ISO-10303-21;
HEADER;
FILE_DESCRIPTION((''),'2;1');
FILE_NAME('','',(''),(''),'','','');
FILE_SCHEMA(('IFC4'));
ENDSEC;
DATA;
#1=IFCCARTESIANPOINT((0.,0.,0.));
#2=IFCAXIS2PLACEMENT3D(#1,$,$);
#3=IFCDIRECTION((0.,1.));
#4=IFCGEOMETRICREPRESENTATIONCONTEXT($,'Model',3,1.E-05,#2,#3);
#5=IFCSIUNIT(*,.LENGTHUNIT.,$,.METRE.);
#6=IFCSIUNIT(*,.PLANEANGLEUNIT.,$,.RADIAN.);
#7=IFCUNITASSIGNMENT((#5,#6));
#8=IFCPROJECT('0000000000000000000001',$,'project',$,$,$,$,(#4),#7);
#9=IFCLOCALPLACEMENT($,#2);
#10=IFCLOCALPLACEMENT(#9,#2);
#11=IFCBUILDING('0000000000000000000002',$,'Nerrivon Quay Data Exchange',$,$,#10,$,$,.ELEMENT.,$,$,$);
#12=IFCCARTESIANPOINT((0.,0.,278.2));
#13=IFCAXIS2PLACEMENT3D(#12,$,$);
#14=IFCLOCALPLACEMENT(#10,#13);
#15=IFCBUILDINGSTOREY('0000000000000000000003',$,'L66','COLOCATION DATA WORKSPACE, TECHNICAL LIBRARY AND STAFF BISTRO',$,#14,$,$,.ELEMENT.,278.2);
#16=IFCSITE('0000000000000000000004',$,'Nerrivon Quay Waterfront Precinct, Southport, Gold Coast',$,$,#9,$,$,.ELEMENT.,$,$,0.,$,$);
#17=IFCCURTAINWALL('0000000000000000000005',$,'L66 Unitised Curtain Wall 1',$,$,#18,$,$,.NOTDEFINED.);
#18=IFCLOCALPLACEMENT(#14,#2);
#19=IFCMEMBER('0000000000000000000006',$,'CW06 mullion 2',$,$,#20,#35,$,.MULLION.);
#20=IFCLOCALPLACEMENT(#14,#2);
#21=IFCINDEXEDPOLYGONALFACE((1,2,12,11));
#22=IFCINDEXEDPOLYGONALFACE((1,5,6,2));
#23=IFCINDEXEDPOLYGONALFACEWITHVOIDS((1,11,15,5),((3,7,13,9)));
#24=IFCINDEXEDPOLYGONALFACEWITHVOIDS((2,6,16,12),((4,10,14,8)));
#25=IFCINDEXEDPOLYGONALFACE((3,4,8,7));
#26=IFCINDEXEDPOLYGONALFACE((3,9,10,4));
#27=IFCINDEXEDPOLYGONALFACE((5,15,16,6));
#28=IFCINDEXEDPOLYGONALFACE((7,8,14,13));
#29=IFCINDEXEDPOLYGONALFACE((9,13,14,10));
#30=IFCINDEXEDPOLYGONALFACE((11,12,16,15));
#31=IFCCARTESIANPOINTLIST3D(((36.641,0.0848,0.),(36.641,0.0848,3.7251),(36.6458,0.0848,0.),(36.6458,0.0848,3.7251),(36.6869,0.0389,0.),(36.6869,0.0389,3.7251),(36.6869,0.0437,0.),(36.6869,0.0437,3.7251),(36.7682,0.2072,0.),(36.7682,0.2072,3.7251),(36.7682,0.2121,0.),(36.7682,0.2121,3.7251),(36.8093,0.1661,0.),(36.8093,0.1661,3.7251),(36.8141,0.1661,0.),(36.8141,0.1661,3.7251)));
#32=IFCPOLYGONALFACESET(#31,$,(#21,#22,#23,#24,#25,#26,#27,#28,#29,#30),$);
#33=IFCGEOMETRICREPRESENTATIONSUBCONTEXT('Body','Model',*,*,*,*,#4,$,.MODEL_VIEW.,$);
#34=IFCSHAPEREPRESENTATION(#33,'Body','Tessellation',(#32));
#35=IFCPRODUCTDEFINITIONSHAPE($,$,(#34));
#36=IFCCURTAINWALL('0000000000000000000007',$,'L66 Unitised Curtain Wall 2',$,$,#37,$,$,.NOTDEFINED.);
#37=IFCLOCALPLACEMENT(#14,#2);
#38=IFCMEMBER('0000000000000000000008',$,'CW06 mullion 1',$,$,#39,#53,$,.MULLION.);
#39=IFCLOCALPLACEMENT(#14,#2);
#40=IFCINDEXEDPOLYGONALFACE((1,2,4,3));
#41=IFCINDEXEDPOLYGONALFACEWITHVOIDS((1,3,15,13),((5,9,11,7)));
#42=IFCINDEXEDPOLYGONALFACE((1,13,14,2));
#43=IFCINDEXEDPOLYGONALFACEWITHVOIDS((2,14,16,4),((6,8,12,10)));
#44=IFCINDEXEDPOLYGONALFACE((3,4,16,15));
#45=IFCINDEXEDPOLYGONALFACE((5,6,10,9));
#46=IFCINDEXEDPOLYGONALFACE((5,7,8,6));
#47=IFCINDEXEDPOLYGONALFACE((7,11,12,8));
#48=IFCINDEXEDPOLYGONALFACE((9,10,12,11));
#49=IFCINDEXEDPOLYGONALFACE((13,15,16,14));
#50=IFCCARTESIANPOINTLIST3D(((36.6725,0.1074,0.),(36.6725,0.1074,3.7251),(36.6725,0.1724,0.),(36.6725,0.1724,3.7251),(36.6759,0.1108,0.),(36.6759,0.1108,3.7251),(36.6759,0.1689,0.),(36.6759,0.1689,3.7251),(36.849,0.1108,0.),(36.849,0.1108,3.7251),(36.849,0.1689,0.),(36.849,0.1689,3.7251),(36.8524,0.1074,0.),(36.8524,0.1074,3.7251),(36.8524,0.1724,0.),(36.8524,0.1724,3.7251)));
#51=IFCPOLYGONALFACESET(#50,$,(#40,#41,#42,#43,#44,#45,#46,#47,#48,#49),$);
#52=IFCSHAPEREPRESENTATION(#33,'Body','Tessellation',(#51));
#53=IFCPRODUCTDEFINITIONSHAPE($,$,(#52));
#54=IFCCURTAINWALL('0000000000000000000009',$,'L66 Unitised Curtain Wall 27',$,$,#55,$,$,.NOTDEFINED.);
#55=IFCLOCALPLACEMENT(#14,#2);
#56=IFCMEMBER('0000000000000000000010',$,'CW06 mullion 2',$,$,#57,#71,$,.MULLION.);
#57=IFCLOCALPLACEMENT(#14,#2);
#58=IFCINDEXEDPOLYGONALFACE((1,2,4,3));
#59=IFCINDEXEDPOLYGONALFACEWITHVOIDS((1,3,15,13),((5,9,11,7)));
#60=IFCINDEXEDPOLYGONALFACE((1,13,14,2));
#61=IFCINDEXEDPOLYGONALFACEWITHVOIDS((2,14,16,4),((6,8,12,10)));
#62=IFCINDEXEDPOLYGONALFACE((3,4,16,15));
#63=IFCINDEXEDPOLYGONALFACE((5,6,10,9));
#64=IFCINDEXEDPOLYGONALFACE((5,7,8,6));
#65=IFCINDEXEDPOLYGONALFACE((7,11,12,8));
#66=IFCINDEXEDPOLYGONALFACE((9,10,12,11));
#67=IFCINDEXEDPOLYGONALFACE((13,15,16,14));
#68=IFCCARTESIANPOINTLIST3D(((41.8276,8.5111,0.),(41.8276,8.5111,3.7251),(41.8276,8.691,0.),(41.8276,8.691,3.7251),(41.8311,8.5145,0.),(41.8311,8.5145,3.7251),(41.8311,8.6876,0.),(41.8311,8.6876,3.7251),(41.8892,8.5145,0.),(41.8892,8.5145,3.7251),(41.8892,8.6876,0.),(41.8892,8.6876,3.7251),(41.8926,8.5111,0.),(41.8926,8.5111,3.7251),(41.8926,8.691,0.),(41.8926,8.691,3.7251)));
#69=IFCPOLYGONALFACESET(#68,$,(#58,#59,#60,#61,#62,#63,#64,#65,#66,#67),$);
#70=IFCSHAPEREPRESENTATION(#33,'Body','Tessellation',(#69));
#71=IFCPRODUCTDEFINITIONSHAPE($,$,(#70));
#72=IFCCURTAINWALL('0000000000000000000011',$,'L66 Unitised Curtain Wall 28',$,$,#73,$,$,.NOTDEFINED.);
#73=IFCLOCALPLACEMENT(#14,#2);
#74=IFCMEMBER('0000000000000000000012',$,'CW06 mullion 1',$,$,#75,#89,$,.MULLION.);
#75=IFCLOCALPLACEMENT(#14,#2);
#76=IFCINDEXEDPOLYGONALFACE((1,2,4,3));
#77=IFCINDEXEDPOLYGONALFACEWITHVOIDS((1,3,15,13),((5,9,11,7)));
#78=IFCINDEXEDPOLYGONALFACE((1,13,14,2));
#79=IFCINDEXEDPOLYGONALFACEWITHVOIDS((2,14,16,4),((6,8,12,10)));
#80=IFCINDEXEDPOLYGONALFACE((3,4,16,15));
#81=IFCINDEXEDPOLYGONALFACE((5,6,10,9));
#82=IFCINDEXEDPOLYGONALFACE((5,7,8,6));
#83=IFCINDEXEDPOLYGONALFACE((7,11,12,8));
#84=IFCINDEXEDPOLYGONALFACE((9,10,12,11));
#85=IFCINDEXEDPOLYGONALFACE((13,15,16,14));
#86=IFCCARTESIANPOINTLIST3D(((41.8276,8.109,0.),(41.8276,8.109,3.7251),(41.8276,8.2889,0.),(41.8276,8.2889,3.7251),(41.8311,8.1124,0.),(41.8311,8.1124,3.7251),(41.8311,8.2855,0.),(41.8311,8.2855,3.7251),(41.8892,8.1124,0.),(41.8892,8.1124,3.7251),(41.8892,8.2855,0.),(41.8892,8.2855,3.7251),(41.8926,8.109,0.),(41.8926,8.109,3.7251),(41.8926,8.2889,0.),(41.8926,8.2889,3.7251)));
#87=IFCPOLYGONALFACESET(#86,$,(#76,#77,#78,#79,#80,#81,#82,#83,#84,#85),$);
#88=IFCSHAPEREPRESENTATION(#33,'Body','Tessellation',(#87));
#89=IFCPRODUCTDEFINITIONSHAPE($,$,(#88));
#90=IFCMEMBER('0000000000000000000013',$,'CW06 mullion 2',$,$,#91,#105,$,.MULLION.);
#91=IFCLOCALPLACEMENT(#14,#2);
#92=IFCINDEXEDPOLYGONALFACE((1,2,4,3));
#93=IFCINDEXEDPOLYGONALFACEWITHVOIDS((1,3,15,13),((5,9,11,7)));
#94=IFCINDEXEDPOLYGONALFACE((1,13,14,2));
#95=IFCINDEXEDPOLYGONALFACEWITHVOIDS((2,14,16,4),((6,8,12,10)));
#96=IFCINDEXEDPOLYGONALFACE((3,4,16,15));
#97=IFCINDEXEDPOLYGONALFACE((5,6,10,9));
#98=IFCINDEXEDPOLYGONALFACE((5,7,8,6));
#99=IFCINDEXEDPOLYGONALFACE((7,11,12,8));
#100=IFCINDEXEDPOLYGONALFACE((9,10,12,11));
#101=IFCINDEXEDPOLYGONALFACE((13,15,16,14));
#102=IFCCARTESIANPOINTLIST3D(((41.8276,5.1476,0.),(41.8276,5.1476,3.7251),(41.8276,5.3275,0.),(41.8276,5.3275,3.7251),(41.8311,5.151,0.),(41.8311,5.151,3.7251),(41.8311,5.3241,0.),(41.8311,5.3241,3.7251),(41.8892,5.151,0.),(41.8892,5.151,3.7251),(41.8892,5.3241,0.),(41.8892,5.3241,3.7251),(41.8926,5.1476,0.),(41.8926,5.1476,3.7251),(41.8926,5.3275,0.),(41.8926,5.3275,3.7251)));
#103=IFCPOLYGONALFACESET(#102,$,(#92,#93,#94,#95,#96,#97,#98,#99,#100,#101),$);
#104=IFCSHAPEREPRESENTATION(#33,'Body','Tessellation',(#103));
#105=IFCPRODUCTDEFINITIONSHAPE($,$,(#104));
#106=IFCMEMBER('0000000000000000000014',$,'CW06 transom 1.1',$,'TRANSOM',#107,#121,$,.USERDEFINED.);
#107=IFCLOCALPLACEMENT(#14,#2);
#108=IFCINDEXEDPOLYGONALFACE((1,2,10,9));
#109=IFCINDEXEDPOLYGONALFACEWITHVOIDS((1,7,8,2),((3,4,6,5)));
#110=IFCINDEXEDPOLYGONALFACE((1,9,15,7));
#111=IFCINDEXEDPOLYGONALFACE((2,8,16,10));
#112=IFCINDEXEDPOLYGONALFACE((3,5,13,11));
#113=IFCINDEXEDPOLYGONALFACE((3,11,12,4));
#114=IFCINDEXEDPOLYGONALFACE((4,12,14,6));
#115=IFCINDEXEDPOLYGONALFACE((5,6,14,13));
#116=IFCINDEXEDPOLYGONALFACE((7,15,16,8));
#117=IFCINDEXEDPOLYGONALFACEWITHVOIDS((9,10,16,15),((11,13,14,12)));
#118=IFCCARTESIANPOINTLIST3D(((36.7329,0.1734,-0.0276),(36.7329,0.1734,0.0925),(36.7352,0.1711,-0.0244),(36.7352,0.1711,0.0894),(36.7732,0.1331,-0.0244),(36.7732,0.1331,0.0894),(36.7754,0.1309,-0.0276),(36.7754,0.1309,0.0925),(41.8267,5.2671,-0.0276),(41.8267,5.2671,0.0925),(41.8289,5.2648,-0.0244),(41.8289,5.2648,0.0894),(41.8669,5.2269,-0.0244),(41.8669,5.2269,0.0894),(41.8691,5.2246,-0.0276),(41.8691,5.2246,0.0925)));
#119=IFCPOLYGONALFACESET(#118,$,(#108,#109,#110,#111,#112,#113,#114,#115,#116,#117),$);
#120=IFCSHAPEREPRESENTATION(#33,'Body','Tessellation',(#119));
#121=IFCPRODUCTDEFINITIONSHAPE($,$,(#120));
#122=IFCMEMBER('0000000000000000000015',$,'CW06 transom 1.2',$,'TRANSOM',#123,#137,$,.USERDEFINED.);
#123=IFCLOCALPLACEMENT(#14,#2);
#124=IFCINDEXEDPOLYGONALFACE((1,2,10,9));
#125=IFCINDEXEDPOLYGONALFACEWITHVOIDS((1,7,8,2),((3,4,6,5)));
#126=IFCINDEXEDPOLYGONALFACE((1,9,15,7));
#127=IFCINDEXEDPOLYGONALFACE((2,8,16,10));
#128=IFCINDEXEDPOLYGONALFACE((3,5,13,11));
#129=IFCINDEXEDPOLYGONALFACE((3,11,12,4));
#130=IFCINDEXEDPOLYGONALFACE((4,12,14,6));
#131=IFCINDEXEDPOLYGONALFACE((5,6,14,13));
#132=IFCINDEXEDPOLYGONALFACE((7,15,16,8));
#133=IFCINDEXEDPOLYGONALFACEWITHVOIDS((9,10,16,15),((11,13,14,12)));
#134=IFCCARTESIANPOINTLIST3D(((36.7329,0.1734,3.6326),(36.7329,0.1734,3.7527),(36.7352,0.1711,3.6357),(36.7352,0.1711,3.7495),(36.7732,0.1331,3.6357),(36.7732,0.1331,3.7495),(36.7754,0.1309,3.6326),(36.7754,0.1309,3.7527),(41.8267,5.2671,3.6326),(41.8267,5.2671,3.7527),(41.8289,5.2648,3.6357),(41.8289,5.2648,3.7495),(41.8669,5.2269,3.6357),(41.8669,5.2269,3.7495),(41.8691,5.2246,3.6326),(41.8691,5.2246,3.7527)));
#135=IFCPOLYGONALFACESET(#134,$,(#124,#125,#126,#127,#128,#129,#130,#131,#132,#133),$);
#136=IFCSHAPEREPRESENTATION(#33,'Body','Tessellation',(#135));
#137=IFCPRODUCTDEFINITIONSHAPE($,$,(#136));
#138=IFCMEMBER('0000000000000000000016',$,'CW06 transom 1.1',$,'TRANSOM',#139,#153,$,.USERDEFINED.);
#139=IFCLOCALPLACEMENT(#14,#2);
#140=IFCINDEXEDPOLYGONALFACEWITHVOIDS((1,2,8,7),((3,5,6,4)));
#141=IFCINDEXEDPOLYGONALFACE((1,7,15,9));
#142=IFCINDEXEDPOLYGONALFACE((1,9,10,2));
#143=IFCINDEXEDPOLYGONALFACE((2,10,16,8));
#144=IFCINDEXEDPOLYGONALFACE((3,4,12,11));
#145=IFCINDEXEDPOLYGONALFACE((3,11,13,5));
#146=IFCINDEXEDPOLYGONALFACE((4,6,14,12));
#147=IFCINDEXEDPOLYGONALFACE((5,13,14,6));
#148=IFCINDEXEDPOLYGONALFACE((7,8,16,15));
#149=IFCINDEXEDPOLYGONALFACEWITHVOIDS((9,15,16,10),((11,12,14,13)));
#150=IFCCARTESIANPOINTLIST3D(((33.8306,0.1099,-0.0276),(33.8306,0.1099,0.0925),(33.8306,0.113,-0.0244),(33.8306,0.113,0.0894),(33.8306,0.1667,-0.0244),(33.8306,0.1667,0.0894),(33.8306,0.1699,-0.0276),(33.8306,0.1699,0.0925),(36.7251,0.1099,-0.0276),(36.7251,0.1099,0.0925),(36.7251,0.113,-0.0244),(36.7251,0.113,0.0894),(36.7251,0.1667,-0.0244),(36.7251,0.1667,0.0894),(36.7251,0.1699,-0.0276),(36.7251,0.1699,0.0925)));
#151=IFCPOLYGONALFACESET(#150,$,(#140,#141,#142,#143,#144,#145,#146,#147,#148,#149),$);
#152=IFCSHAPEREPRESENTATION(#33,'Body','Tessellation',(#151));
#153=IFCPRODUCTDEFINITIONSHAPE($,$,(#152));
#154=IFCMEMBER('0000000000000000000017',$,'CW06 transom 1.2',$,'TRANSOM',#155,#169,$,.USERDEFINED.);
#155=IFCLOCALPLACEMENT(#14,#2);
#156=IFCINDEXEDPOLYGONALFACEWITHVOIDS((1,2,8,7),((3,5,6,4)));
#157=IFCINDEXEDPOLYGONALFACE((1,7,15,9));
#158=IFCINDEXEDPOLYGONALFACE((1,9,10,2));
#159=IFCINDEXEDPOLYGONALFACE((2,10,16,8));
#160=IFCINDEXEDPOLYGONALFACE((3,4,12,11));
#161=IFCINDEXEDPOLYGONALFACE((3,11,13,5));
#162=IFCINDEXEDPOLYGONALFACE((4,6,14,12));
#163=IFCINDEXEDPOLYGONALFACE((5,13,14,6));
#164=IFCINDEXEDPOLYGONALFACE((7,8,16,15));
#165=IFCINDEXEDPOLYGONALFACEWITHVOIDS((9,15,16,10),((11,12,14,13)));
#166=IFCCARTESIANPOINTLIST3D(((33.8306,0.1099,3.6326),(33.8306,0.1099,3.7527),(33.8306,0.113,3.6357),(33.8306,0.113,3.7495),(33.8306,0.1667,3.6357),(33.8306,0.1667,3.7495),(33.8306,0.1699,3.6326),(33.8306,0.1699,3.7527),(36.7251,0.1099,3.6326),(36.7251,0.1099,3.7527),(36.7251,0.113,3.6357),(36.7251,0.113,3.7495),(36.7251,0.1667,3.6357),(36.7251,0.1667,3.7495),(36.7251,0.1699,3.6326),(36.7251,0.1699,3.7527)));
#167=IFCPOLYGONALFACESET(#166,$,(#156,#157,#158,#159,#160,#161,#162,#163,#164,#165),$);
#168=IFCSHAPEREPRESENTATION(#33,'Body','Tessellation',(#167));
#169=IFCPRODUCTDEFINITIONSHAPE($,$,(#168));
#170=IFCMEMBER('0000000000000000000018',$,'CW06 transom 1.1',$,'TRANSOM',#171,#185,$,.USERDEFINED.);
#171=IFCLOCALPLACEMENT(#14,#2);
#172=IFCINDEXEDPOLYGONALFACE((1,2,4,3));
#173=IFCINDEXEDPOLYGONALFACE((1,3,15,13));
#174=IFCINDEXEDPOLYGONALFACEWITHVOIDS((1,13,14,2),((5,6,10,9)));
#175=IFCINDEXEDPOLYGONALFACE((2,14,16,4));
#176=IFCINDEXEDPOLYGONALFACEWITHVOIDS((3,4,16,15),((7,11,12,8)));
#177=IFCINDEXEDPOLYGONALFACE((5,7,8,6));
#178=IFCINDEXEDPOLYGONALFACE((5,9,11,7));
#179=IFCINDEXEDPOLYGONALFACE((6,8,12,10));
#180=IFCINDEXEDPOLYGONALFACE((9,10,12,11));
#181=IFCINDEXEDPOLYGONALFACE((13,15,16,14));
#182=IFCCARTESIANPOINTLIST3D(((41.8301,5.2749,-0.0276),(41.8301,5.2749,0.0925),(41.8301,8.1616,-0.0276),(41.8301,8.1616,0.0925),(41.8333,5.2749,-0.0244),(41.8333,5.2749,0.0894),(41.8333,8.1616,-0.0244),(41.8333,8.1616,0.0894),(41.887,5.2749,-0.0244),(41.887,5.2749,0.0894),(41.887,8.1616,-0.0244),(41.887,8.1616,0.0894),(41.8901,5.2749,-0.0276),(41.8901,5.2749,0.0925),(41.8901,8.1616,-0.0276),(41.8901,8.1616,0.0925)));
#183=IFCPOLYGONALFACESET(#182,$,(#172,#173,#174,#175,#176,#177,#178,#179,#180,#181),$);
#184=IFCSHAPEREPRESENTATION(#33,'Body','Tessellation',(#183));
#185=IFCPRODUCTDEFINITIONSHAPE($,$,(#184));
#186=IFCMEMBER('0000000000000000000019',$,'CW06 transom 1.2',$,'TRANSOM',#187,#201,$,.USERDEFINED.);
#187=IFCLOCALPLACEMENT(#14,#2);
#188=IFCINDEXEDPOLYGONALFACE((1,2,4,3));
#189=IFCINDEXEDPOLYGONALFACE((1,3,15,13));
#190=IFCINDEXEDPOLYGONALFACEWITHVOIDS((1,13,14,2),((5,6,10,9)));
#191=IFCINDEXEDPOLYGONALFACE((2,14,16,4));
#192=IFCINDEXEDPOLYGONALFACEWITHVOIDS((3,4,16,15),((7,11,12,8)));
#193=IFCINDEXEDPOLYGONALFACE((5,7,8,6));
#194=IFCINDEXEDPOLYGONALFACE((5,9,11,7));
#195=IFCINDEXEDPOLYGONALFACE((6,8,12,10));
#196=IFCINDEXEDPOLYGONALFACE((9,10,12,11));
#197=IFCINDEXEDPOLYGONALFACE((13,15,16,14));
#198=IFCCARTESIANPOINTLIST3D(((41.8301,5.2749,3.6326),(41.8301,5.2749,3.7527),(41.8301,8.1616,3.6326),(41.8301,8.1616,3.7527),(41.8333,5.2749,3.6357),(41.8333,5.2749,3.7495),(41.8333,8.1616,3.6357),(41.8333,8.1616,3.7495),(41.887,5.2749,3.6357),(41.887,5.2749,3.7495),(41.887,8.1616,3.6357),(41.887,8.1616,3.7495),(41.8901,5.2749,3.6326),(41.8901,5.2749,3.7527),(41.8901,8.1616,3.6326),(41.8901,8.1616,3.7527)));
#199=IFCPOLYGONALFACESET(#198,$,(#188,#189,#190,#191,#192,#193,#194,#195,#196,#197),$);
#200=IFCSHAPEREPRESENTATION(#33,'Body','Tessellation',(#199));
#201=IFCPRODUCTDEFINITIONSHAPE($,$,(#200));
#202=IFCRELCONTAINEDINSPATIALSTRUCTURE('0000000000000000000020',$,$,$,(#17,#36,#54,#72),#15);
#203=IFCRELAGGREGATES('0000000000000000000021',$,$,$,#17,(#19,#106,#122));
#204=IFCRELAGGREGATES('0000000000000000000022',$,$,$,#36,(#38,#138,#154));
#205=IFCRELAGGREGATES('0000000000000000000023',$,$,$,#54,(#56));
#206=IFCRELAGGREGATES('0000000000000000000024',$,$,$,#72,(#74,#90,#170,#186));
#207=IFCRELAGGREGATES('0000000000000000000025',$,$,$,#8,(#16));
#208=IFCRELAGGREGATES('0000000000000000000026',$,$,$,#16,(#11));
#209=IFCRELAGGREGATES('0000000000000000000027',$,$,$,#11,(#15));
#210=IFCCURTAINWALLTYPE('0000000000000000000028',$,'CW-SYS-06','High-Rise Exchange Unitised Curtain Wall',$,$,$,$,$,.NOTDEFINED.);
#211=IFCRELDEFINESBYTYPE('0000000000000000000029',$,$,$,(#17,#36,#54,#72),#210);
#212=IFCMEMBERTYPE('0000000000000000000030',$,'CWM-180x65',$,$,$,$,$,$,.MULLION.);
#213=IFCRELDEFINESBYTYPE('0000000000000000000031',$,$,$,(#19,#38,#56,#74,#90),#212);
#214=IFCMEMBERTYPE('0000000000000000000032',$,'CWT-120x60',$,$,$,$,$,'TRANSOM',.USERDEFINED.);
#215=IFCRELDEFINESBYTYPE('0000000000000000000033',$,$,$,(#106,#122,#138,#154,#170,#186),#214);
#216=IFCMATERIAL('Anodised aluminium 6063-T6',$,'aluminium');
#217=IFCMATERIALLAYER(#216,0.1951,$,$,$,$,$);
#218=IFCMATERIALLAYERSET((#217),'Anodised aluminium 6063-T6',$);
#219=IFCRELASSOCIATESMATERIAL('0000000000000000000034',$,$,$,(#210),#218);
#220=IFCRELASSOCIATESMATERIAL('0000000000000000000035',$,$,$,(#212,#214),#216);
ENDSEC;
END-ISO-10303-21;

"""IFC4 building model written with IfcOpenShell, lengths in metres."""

from ifc_helpers import new_model, si_unit, direction, frame, origin, origin_2d, place, context, subcontext, project, spatial, hollow_rectangle, extrude, material, layer, layer_set, material_profile, profile_set, type_object, element, aggregate, save


model = new_model("IFC4")

# Units and contexts
model_context = context("Model", 3, precision=1e-05, world=origin(), true_north=direction((0.0, 1.0)))
body_context = subcontext(model_context, "Body", "Model", "MODEL_VIEW")
ifc_project = project(units=[si_unit("LENGTHUNIT", "METRE"), si_unit("PLANEANGLEUNIT", "RADIAN")], contexts=[model_context])

# Site, building, storey
site_placement = place(None, origin())
site = spatial("IfcSite", under=ifc_project, at=site_placement, Name="Nerrivon Quay Waterfront Precinct, Southport, Gold Coast", CompositionType="ELEMENT", RefElevation=0.0)
building_placement = place(site_placement, origin())
building = spatial("IfcBuilding", under=site, at=building_placement, Name="Nerrivon Quay Data Exchange", CompositionType="ELEMENT")
storey_placement = place(building_placement, frame((0.0, 0.0, 278.2)))
storey = spatial("IfcBuildingStorey", under=building, at=storey_placement, Name="L66", Description="COLOCATION DATA WORKSPACE, TECHNICAL LIBRARY AND STAFF BISTRO", CompositionType="ELEMENT", Elevation=278.2)

# Curtain wall, member
ifc_material_1 = material(Name="Anodised aluminium 6063-T6", Category="aluminium")
ifc_layer_1 = layer(ifc_material_1, 0.1951)
ifc_layer_set_1 = layer_set([ifc_layer_1], Name="Anodised aluminium 6063-T6")
curtain_wall_type = type_object("IfcCurtainWallType", Name="CW-SYS-06", Description="High-Rise Exchange Unitised Curtain Wall", PredefinedType="NOTDEFINED", material=ifc_layer_set_1)
curtain_wall_1_placement = place(storey_placement, origin())
curtain_wall_1 = element("IfcCurtainWall", 1, at=curtain_wall_1_placement, inside=storey, type_object=curtain_wall_type, Name="L66 Unitised Curtain Wall 1", PredefinedType="NOTDEFINED")
ifc_material_profile_1 = material_profile(ifc_material_1, hollow_rectangle(XDim=0.0649, YDim=0.1799, WallThickness=0.0034, at=origin_2d()), Name="ALU-MULL-180x65")
ifc_profile_set_1 = profile_set([ifc_material_profile_1], Name="Anodised aluminium 6063-T6")
member_type_1 = type_object("IfcMemberType", Name="CWM-180x65", PredefinedType="MULLION", material=ifc_profile_set_1)
member_1_placement = place(storey_placement, frame((36.7275, 0.1255, 0.0), z_axis=(0.0, 0.0, 1.0), x_axis=(0.707107, -0.707107, 0.0)))
member_1 = element("IfcMember", 2, at=member_1_placement, type_object=member_type_1, Name="CW06 mullion 2", PredefinedType="MULLION", context=body_context, shape_type="SweptSolid", body=[
    extrude(hollow_rectangle(XDim=0.0649, YDim=0.1799, WallThickness=0.0034, at=origin_2d()), origin(), (0.0, 0.0, 1.0), 3.7251),
])

# Curtain walls, members
curtain_wall_2_placement = place(storey_placement, origin())
curtain_wall_2 = element("IfcCurtainWall", 3, at=curtain_wall_2_placement, inside=storey, type_object=curtain_wall_type, Name="L66 Unitised Curtain Wall 2", PredefinedType="NOTDEFINED")
member_2_placement = place(storey_placement, frame((36.7625, 0.1399, 0.0), z_axis=(0.0, 0.0, 1.0), x_axis=(0.0, -1.0, 0.0)))
member_2 = element("IfcMember", 4, at=member_2_placement, type_object=member_type_1, Name="CW06 mullion 1", PredefinedType="MULLION", context=body_context, shape_type="SweptSolid", body=[
    extrude(hollow_rectangle(XDim=0.0649, YDim=0.1799, WallThickness=0.0034, at=origin_2d()), origin(), (0.0, 0.0, 1.0), 3.7251),
])
curtain_wall_3_placement = place(storey_placement, origin())
curtain_wall_3 = element("IfcCurtainWall", 5, at=curtain_wall_3_placement, inside=storey, type_object=curtain_wall_type, Name="L66 Unitised Curtain Wall 27", PredefinedType="NOTDEFINED")
member_3_placement = place(storey_placement, frame((41.8601, 8.6011, 0.0), z_axis=(0.0, 0.0, 1.0), x_axis=(1.0, 0.0, 0.0)))
member_3 = element("IfcMember", 6, at=member_3_placement, type_object=member_type_1, Name="CW06 mullion 2", PredefinedType="MULLION", context=body_context, shape_type="SweptSolid", body=[
    extrude(hollow_rectangle(XDim=0.0649, YDim=0.1799, WallThickness=0.0034, at=origin_2d()), origin(), (0.0, 0.0, 1.0), 3.7251),
])

# Curtain wall, members
curtain_wall_4_placement = place(storey_placement, origin())
curtain_wall_4 = element("IfcCurtainWall", 7, at=curtain_wall_4_placement, inside=storey, type_object=curtain_wall_type, Name="L66 Unitised Curtain Wall 28", PredefinedType="NOTDEFINED")
member_4_placement = place(storey_placement, frame((41.8601, 8.199, 0.0), z_axis=(0.0, 0.0, 1.0), x_axis=(1.0, 0.0, 0.0)))
member_4 = element("IfcMember", 8, at=member_4_placement, type_object=member_type_1, Name="CW06 mullion 1", PredefinedType="MULLION", context=body_context, shape_type="SweptSolid", body=[
    extrude(hollow_rectangle(XDim=0.0649, YDim=0.1799, WallThickness=0.0034, at=origin_2d()), origin(), (0.0, 0.0, 1.0), 3.7251),
])
member_5_placement = place(storey_placement, frame((41.8601, 5.2375, 0.0), z_axis=(0.0, 0.0, 1.0), x_axis=(1.0, 0.0, 0.0)))
member_5 = element("IfcMember", 9, at=member_5_placement, type_object=member_type_1, Name="CW06 mullion 2", PredefinedType="MULLION", context=body_context, shape_type="SweptSolid", body=[
    extrude(hollow_rectangle(XDim=0.0649, YDim=0.1799, WallThickness=0.0034, at=origin_2d()), origin(), (0.0, 0.0, 1.0), 3.7251),
])

# Members
ifc_material_profile_2 = material_profile(ifc_material_1, hollow_rectangle(XDim=0.0601, YDim=0.1201, WallThickness=0.0032, at=origin_2d()), Name="ALU-TRAN-120x60")
ifc_profile_set_2 = profile_set([ifc_material_profile_2], Name="Anodised aluminium 6063-T6")
member_type_2 = type_object("IfcMemberType", Name="CWT-120x60", ElementType="TRANSOM", PredefinedType="USERDEFINED", material=ifc_profile_set_2)
member_6_placement = place(storey_placement, frame((41.8479, 5.2458, 0.0325), z_axis=(-0.707107, -0.707107, 0.0), x_axis=(0.707107, -0.707107, 0.0)))
member_6 = element("IfcMember", 10, at=member_6_placement, type_object=member_type_2, Name="CW06 transom 1.1", ObjectType="TRANSOM", PredefinedType="USERDEFINED", context=body_context, shape_type="SweptSolid", body=[
    extrude(hollow_rectangle(XDim=0.0601, YDim=0.1201, WallThickness=0.0032, at=origin_2d()), origin(), (0.0, 0.0, 1.0), 7.2036),
])
member_7_placement = place(storey_placement, frame((41.8479, 5.2458, 3.6926), z_axis=(-0.707107, -0.707107, 0.0), x_axis=(0.707107, -0.707107, 0.0)))
member_7 = element("IfcMember", 11, at=member_7_placement, type_object=member_type_2, Name="CW06 transom 1.2", ObjectType="TRANSOM", PredefinedType="USERDEFINED", context=body_context, shape_type="SweptSolid", body=[
    extrude(hollow_rectangle(XDim=0.0601, YDim=0.1201, WallThickness=0.0032, at=origin_2d()), origin(), (0.0, 0.0, 1.0), 7.2036),
])
member_8_placement = place(storey_placement, frame((36.7251, 0.1399, 0.0325), z_axis=(-1.0, 0.0, 0.0), x_axis=(0.0, -1.0, 0.0)))
member_8 = element("IfcMember", 12, at=member_8_placement, type_object=member_type_2, Name="CW06 transom 1.1", ObjectType="TRANSOM", PredefinedType="USERDEFINED", context=body_context, shape_type="SweptSolid", body=[
    extrude(hollow_rectangle(XDim=0.0601, YDim=0.1201, WallThickness=0.0032, at=origin_2d()), origin(), (0.0, 0.0, 1.0), 2.8945),
])
member_9_placement = place(storey_placement, frame((36.7251, 0.1399, 3.6926), z_axis=(-1.0, 0.0, 0.0), x_axis=(0.0, -1.0, 0.0)))
member_9 = element("IfcMember", 13, at=member_9_placement, type_object=member_type_2, Name="CW06 transom 1.2", ObjectType="TRANSOM", PredefinedType="USERDEFINED", context=body_context, shape_type="SweptSolid", body=[
    extrude(hollow_rectangle(XDim=0.0601, YDim=0.1201, WallThickness=0.0032, at=origin_2d()), origin(), (0.0, 0.0, 1.0), 2.8945),
])
member_10_placement = place(storey_placement, frame((41.8601, 8.1616, 0.0325), z_axis=(0.0, -1.0, 0.0), x_axis=(1.0, 0.0, 0.0)))
member_10 = element("IfcMember", 14, at=member_10_placement, type_object=member_type_2, Name="CW06 transom 1.1", ObjectType="TRANSOM", PredefinedType="USERDEFINED", context=body_context, shape_type="SweptSolid", body=[
    extrude(hollow_rectangle(XDim=0.0601, YDim=0.1201, WallThickness=0.0032, at=origin_2d()), origin(), (0.0, 0.0, 1.0), 2.8867),
])
member_11_placement = place(storey_placement, frame((41.8601, 8.1616, 3.6926), z_axis=(0.0, -1.0, 0.0), x_axis=(1.0, 0.0, 0.0)))
member_11 = element("IfcMember", 15, at=member_11_placement, type_object=member_type_2, Name="CW06 transom 1.2", ObjectType="TRANSOM", PredefinedType="USERDEFINED", context=body_context, shape_type="SweptSolid", body=[
    extrude(hollow_rectangle(XDim=0.0601, YDim=0.1201, WallThickness=0.0032, at=origin_2d()), origin(), (0.0, 0.0, 1.0), 2.8867),
])

aggregate(curtain_wall_1, [member_1, member_6, member_7])
aggregate(curtain_wall_2, [member_2, member_8, member_9])
aggregate(curtain_wall_3, [member_3])
aggregate(curtain_wall_4, [member_4, member_5, member_10, member_11])

save(model, "model.ifc")
